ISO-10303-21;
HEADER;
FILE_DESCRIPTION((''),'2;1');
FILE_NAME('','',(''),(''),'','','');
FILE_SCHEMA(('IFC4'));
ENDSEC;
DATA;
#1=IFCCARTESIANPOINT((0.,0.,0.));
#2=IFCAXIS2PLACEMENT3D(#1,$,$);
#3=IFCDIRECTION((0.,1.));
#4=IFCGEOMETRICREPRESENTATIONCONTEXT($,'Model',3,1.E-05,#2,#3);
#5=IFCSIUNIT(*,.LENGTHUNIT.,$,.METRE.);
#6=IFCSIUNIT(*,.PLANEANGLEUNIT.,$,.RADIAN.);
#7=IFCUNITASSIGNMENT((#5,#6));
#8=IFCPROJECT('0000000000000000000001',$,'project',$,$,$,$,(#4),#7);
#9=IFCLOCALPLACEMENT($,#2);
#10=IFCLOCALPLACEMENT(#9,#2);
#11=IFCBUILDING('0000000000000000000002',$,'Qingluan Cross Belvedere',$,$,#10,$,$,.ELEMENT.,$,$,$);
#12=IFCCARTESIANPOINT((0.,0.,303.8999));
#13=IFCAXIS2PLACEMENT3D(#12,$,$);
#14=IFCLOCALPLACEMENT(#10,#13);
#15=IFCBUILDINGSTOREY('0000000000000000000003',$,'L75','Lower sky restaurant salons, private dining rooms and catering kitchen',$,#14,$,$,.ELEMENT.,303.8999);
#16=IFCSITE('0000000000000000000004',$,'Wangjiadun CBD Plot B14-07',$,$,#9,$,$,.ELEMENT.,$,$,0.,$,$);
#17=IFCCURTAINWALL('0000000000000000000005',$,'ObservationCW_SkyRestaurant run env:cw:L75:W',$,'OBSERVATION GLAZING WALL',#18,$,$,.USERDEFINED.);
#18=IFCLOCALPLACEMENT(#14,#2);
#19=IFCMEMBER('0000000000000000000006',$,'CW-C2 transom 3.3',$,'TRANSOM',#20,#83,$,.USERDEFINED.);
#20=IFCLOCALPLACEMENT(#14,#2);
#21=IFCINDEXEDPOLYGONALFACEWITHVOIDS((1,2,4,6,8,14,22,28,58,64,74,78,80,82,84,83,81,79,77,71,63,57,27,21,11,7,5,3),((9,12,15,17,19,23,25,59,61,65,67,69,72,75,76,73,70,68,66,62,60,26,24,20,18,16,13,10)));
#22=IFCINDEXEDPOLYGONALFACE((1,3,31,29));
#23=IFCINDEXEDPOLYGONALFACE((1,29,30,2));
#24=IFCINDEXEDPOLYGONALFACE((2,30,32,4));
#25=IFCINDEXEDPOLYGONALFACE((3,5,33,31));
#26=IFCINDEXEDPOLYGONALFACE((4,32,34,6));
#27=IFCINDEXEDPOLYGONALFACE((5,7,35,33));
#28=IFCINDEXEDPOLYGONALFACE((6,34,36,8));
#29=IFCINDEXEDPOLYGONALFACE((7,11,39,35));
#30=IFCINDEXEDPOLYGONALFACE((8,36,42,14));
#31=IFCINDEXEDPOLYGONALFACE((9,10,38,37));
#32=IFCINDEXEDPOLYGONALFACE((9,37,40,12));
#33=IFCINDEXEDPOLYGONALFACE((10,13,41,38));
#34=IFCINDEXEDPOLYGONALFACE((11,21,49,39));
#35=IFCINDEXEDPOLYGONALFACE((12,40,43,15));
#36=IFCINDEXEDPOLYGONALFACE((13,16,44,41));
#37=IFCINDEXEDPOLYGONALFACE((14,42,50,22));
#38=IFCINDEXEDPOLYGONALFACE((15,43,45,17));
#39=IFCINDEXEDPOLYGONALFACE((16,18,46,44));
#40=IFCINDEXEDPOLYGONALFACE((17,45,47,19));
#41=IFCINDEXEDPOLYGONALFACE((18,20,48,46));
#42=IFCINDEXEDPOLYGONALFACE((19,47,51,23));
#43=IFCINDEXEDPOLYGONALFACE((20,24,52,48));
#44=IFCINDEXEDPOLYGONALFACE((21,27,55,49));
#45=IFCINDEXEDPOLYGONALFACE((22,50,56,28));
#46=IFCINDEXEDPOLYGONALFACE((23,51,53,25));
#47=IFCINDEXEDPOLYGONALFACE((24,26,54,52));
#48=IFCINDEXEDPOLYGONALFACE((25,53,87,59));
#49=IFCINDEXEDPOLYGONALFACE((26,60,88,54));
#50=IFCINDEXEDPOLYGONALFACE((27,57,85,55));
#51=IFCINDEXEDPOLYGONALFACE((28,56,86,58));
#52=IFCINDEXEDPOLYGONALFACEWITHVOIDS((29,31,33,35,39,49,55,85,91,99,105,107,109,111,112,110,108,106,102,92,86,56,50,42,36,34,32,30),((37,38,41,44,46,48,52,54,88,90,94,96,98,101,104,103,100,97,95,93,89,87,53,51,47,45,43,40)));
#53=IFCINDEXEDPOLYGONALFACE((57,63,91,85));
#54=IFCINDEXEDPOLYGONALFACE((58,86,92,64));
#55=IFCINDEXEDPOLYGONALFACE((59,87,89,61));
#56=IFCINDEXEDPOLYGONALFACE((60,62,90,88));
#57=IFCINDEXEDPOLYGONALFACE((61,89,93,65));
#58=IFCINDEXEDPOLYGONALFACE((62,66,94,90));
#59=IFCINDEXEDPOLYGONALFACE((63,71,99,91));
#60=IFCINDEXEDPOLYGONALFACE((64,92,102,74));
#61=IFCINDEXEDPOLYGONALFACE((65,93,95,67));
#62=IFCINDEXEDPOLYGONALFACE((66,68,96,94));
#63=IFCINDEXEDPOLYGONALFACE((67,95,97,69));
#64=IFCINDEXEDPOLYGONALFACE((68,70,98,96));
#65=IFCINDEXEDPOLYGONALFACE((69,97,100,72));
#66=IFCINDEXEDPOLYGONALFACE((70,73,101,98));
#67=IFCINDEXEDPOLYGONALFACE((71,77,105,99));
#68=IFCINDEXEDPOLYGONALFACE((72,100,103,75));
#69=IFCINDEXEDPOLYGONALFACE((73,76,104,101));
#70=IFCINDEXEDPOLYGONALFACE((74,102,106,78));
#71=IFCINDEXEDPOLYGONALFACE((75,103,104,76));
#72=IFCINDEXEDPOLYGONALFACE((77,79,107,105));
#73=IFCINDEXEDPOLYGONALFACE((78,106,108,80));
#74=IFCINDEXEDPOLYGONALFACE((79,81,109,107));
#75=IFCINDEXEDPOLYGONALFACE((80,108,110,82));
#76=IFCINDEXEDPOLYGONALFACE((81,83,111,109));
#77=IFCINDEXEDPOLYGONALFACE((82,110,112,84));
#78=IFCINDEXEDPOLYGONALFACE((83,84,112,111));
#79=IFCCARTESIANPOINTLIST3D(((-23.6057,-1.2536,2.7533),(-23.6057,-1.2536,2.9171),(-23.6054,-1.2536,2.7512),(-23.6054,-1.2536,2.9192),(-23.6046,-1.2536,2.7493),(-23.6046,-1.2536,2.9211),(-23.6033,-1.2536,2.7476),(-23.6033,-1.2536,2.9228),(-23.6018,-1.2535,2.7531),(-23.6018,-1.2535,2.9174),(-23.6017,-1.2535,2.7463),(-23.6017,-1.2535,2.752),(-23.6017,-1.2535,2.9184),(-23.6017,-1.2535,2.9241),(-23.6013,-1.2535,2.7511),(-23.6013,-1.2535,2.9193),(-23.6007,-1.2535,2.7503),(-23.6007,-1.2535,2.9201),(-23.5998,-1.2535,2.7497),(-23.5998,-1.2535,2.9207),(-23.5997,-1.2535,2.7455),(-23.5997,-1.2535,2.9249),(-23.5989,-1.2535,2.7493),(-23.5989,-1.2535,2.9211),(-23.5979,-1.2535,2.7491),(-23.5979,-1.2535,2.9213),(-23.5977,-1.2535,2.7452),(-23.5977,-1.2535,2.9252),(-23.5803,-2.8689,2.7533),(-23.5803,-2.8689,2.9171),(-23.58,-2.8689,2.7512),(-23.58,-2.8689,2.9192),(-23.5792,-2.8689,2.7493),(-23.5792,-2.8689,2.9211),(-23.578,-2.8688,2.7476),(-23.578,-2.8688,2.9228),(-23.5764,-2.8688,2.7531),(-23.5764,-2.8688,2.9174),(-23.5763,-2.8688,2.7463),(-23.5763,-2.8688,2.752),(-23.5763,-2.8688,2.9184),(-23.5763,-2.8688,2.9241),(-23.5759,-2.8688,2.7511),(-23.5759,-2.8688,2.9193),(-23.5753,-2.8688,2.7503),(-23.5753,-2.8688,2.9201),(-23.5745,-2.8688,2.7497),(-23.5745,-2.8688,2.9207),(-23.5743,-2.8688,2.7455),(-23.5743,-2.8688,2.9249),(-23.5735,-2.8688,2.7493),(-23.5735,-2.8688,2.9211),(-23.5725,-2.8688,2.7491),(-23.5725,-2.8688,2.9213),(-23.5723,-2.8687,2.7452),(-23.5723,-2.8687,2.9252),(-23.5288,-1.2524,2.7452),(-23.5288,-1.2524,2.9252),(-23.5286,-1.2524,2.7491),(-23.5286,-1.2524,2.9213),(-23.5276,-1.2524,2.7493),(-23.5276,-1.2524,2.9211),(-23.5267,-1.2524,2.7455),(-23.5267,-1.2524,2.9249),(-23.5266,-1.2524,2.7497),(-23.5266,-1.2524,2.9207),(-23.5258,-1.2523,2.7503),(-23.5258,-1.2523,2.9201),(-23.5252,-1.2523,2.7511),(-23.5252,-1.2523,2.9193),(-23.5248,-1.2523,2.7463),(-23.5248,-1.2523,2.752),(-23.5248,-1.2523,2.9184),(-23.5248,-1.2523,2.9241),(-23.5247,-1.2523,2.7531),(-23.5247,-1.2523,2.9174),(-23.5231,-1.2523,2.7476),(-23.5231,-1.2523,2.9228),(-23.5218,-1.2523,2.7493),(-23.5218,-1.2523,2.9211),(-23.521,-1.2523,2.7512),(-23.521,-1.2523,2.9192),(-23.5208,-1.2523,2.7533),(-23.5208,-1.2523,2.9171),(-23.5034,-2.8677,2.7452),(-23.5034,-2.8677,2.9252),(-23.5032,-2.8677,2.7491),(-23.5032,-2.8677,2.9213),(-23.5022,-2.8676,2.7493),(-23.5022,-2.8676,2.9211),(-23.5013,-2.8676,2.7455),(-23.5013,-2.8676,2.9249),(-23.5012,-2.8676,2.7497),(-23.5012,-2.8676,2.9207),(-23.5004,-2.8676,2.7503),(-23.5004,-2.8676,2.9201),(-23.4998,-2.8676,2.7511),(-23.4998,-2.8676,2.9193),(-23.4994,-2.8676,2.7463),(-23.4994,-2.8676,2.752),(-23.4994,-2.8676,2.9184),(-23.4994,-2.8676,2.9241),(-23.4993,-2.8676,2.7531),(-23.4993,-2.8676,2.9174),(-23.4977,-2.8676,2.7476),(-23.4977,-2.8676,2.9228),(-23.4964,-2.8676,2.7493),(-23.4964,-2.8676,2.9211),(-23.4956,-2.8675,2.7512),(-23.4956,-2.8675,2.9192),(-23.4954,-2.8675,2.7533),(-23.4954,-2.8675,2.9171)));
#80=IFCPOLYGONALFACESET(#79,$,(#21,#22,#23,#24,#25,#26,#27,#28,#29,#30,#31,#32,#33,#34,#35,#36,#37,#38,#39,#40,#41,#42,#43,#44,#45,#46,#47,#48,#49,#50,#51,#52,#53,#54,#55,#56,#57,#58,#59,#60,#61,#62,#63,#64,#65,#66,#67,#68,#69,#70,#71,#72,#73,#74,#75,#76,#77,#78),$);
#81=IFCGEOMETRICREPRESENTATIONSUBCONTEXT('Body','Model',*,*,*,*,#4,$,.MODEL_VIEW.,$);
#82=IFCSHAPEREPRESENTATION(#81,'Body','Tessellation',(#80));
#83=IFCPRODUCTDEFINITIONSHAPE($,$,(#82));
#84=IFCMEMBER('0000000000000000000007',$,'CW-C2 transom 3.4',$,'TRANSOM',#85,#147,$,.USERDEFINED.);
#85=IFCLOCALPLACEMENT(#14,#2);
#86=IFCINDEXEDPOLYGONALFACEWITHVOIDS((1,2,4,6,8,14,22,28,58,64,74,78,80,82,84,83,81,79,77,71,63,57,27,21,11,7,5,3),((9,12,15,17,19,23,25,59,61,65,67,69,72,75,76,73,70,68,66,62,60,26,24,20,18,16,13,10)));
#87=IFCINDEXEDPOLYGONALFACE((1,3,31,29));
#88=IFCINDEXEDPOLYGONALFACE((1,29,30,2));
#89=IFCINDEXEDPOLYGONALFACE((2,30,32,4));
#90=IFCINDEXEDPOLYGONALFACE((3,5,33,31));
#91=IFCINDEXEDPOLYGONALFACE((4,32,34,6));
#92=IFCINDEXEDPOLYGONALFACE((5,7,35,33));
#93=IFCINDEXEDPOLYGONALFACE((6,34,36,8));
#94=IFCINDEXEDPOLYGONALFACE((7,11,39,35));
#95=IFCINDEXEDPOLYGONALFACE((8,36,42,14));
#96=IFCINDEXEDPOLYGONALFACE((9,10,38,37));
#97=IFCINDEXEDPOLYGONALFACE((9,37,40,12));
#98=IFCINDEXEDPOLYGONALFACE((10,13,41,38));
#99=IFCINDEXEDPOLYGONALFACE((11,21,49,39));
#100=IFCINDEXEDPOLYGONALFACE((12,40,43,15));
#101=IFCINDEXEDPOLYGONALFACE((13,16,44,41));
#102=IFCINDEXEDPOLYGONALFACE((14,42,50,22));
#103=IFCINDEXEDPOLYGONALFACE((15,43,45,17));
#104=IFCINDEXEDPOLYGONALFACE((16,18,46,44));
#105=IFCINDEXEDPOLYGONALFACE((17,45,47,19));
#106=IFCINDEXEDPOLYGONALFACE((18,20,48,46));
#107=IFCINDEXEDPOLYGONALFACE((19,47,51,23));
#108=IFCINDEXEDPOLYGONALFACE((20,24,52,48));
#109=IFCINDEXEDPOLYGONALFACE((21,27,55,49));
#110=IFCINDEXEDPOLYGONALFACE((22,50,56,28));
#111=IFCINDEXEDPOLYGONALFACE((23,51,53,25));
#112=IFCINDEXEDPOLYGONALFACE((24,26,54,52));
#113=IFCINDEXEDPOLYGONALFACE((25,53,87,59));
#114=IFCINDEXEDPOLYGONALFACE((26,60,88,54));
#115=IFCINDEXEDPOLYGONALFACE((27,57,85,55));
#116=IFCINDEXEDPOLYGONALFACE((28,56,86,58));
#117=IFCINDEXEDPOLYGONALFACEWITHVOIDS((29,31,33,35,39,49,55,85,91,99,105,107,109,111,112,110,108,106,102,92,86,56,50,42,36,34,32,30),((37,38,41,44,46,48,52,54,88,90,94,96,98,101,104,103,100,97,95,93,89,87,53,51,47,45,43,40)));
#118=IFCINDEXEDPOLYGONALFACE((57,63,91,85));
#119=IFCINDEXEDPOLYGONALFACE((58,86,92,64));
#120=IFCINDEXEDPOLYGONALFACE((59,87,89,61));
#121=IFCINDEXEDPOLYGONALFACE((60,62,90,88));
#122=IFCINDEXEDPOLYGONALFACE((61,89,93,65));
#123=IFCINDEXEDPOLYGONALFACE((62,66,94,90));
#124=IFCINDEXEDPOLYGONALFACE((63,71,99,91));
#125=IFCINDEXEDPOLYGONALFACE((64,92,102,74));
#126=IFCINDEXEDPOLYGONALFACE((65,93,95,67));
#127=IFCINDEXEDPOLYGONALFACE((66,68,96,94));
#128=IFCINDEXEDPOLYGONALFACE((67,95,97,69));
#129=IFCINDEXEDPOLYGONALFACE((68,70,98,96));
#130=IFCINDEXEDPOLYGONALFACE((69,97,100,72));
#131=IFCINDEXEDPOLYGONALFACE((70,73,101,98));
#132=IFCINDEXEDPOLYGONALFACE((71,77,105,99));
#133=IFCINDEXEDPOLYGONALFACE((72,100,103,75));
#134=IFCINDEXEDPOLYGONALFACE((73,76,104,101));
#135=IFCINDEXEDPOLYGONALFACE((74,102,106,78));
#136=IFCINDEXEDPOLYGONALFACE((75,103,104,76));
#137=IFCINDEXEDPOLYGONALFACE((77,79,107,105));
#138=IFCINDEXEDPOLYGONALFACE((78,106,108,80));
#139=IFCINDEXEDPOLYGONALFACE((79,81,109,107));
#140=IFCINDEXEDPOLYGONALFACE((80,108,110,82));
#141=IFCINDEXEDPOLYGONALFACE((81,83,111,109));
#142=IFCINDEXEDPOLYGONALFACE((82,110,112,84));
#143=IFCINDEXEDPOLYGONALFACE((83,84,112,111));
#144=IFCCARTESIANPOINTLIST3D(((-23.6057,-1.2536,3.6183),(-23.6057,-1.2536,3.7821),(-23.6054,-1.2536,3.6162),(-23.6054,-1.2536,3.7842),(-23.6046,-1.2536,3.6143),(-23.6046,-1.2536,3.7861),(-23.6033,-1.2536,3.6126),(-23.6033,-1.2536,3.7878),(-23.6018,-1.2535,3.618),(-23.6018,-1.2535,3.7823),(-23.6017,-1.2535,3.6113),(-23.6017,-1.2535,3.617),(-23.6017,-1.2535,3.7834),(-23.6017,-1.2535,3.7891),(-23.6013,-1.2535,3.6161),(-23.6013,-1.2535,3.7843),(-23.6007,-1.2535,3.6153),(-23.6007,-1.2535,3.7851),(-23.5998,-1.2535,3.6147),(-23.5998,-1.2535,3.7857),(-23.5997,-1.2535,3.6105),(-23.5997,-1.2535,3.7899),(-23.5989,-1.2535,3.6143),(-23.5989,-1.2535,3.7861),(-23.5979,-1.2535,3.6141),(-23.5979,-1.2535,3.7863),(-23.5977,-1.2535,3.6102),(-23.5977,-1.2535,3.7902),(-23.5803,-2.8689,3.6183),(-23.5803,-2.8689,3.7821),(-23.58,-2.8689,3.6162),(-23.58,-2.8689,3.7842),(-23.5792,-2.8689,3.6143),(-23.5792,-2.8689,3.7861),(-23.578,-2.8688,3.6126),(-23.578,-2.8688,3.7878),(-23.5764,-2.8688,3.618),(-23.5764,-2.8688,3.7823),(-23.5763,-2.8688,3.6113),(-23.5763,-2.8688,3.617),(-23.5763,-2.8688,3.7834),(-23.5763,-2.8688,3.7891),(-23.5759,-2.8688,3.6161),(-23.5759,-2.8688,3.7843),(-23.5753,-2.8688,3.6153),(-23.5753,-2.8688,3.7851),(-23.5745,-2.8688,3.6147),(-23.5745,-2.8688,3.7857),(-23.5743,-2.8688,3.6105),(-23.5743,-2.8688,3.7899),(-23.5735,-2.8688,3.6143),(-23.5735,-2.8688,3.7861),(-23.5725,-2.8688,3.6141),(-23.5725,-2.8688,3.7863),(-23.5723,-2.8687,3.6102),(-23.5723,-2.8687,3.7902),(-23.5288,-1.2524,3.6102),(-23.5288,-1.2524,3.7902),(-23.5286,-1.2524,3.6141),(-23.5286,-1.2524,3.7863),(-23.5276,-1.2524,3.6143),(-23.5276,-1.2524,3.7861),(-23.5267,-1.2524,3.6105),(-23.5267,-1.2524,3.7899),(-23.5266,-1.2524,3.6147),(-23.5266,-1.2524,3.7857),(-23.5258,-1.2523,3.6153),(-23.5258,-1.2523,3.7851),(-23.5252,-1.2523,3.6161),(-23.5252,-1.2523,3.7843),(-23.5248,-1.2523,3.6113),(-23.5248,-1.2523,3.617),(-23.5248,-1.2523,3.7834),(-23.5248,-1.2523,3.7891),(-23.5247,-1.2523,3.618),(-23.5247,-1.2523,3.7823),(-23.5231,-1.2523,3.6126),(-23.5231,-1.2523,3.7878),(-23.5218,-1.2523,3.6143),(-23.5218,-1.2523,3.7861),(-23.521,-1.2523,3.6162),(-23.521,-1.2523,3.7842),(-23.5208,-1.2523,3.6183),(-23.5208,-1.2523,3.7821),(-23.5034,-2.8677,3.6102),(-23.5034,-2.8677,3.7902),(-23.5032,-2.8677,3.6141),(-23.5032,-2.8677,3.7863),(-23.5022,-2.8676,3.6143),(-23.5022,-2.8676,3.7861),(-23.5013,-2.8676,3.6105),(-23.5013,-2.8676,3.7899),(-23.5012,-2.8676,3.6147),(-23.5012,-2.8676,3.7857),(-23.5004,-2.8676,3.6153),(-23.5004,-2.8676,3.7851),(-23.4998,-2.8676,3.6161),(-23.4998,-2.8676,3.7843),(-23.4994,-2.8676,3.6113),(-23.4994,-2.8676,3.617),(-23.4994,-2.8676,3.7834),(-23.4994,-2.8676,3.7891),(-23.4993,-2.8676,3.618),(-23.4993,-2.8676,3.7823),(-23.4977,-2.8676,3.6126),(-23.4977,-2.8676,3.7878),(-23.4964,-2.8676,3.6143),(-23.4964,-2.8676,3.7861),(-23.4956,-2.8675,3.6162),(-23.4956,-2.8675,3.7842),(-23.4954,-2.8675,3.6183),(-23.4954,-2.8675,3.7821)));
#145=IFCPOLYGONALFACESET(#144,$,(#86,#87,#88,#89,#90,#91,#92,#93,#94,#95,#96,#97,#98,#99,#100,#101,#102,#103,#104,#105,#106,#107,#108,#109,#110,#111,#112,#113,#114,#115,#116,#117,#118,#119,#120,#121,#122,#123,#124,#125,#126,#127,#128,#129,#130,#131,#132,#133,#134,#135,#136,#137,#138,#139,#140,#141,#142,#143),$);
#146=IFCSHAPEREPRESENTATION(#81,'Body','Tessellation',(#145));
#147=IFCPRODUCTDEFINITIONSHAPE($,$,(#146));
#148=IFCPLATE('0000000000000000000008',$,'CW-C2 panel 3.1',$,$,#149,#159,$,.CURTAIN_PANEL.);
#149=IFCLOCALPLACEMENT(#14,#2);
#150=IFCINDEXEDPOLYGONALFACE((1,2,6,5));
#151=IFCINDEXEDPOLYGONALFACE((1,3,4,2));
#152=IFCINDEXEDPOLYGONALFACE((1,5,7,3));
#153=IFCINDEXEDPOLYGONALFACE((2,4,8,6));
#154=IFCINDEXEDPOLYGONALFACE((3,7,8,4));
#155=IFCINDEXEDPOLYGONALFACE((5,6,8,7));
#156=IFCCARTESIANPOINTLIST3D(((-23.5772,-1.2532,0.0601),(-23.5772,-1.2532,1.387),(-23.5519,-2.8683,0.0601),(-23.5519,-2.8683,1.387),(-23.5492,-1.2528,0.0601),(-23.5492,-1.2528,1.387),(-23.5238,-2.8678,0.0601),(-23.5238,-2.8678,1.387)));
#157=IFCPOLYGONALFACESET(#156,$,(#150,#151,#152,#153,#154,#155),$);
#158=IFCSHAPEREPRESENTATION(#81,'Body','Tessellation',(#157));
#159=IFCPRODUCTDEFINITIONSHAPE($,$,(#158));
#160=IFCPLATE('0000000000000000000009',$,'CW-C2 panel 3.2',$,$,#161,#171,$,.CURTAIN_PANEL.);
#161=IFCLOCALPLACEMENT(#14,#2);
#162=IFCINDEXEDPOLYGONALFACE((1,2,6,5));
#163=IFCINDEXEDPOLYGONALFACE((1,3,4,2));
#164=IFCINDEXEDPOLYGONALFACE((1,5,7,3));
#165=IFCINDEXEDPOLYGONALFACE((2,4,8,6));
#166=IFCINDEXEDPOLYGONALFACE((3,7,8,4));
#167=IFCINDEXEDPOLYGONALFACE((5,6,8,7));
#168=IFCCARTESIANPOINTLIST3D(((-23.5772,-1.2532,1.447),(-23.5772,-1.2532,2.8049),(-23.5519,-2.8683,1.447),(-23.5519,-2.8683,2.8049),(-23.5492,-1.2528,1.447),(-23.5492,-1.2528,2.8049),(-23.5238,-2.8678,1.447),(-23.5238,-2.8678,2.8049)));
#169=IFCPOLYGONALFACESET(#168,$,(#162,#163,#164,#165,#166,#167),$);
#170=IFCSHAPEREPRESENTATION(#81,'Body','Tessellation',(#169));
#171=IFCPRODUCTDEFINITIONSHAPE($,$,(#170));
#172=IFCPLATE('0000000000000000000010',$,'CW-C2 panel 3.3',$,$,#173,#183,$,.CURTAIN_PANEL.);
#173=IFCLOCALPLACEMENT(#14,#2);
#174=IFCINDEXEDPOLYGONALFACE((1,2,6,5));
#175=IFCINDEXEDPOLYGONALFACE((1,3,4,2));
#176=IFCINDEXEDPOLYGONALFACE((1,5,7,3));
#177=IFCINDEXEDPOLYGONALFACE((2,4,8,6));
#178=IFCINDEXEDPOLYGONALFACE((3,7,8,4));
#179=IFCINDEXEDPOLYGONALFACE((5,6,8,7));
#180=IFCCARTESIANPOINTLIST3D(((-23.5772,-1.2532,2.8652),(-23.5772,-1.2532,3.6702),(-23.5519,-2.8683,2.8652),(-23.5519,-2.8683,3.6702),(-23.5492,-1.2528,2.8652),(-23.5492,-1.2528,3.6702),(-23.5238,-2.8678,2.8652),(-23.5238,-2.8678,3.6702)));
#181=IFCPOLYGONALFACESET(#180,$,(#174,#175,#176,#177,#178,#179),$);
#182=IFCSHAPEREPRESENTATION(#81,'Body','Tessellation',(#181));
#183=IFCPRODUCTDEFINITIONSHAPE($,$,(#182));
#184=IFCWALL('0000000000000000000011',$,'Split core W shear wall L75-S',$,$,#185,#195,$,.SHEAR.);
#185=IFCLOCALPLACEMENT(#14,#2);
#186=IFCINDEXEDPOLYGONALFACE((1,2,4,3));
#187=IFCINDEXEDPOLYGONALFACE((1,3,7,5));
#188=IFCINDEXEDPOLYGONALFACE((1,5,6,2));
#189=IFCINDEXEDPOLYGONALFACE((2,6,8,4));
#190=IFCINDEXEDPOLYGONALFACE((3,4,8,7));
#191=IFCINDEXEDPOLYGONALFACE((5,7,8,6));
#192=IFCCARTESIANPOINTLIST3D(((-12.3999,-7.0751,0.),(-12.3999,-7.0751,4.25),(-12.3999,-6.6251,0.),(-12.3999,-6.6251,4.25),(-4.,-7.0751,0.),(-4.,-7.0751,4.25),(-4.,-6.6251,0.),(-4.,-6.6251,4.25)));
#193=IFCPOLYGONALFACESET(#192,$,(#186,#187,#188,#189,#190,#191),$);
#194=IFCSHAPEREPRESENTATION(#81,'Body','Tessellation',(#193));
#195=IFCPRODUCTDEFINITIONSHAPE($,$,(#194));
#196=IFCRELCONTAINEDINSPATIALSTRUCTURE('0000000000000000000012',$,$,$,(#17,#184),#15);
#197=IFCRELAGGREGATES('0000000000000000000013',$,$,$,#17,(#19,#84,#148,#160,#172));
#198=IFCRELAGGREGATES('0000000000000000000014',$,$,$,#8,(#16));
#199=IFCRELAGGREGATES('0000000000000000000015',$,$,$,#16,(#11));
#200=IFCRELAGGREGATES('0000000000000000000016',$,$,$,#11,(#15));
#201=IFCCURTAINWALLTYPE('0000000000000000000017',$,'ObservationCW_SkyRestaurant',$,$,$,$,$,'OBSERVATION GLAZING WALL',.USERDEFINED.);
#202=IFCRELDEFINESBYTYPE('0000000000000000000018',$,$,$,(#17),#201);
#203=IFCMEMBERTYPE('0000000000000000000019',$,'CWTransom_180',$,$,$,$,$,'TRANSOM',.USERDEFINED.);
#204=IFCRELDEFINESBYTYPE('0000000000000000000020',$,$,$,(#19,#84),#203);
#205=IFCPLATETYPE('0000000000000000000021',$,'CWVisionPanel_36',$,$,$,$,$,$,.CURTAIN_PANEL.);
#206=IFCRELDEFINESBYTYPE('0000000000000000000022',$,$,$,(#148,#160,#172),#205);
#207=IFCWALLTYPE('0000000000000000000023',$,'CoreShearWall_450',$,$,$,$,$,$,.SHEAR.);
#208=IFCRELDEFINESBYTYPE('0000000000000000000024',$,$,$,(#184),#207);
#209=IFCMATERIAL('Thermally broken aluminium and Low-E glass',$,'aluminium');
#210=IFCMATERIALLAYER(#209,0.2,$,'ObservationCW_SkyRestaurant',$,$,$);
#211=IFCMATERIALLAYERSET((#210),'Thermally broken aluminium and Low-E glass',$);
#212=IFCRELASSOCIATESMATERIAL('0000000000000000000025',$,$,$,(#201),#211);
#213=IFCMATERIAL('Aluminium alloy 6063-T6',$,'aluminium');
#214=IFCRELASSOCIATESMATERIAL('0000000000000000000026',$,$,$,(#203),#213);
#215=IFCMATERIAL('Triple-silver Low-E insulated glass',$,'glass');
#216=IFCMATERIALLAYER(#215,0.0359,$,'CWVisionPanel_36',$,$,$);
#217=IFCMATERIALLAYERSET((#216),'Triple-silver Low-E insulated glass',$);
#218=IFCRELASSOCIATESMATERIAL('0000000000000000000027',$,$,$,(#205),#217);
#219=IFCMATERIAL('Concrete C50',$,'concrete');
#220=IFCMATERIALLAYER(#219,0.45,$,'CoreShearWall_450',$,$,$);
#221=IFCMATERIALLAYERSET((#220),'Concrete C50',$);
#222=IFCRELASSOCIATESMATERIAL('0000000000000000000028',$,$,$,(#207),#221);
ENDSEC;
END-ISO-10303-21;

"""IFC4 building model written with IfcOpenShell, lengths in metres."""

from ifc_helpers import new_model, si_unit, direction, frame, frame_2d, origin, origin_2d, place, context, subcontext, project, spatial, rectangle, hollow_rectangle, extrude, material, layer, layer_set, material_profile, profile_set, type_object, element, aggregate, save


model = new_model("IFC4")

# Units and contexts
model_context = context("Model", 3, precision=1e-05, world=origin(), true_north=direction((0.0, 1.0)))
body_context = subcontext(model_context, "Body", "Model", "MODEL_VIEW")
ifc_project = project(units=[si_unit("LENGTHUNIT", "METRE"), si_unit("PLANEANGLEUNIT", "RADIAN")], contexts=[model_context])

# Site, building, storey
site_placement = place(None, origin())
site = spatial("IfcSite", under=ifc_project, at=site_placement, Name="Wangjiadun CBD Plot B14-07", CompositionType="ELEMENT", RefElevation=0.0)
building_placement = place(site_placement, origin())
building = spatial("IfcBuilding", under=site, at=building_placement, Name="Qingluan Cross Belvedere", CompositionType="ELEMENT")
storey_placement = place(building_placement, frame((0.0, 0.0, 303.8999)))
storey = spatial("IfcBuildingStorey", under=building, at=storey_placement, Name="L75", Description="Lower sky restaurant salons, private dining rooms and catering kitchen", CompositionType="ELEMENT", Elevation=303.8999)

# Curtain wall, members, plates
ifc_material_1 = material(Name="Thermally broken aluminium and Low-E glass", Category="aluminium")
ifc_layer_1 = layer(ifc_material_1, 0.2, Name="ObservationCW_SkyRestaurant")
ifc_layer_set_1 = layer_set([ifc_layer_1], Name="Thermally broken aluminium and Low-E glass")
curtain_wall_type = type_object("IfcCurtainWallType", Name="ObservationCW_SkyRestaurant", ElementType="OBSERVATION GLAZING WALL", PredefinedType="USERDEFINED", material=ifc_layer_set_1)
curtain_wall_placement = place(storey_placement, origin())
curtain_wall = element("IfcCurtainWall", 1, at=curtain_wall_placement, inside=storey, type_object=curtain_wall_type, Name="ObservationCW_SkyRestaurant run env:cw:L75:W", ObjectType="OBSERVATION GLAZING WALL", PredefinedType="USERDEFINED")
ifc_material_2 = material(Name="Aluminium alloy 6063-T6", Category="aluminium")
ifc_material_profile_1 = material_profile(ifc_material_2, hollow_rectangle(XDim=0.085, YDim=0.1799, WallThickness=0.0039, InnerFilletRadius=0.0039, OuterFilletRadius=0.0081, at=origin_2d()), Name="CWT180x85x4")
ifc_profile_set_1 = profile_set([ifc_material_profile_1], Name="Aluminium alloy 6063-T6")
member_type_1 = type_object("IfcMemberType", Name="CWTransom_180", ElementType="TRANSOM", PredefinedType="USERDEFINED", material=ifc_profile_set_1)
member_1_placement = place(storey_placement, frame((-23.5632, -1.2529, 2.8352), z_axis=(0.015718, -0.999876, 0.0), x_axis=(0.999876, 0.015718, 0.0)))
member_1 = element("IfcMember", 2, at=member_1_placement, type_object=member_type_1, Name="CW-C2 transom 3.3", ObjectType="TRANSOM", PredefinedType="USERDEFINED", context=body_context, shape_type="SweptSolid", body=[
    extrude(hollow_rectangle(XDim=0.085, YDim=0.1799, WallThickness=0.0039, InnerFilletRadius=0.0039, OuterFilletRadius=0.0081, at=origin_2d()), origin(), (0.0, 0.0, 1.0), 1.6155),
])
member_2_placement = place(storey_placement, frame((-23.5632, -1.2529, 3.7002), z_axis=(0.015718, -0.999876, 0.0), x_axis=(0.999876, 0.015718, 0.0)))
member_2 = element("IfcMember", 3, at=member_2_placement, type_object=member_type_1, Name="CW-C2 transom 3.4", ObjectType="TRANSOM", PredefinedType="USERDEFINED", context=body_context, shape_type="SweptSolid", body=[
    extrude(hollow_rectangle(XDim=0.085, YDim=0.1799, WallThickness=0.0039, InnerFilletRadius=0.0039, OuterFilletRadius=0.0081, at=origin_2d()), origin(), (0.0, 0.0, 1.0), 1.6155),
])
ifc_material_3 = material(Name="Triple-silver Low-E insulated glass", Category="glass")
ifc_layer_2 = layer(ifc_material_3, 0.0359, Name="CWVisionPanel_36")
ifc_layer_set_2 = layer_set([ifc_layer_2], Name="Triple-silver Low-E insulated glass")
plate_type = type_object("IfcPlateType", Name="CWVisionPanel_36", PredefinedType="CURTAIN_PANEL", material=ifc_layer_set_2)
plate_1_placement = place(storey_placement, frame((-23.5505, -2.0605, 0.0601), z_axis=(0.0, 0.0, 1.0), x_axis=(0.015696, -0.999877, 0.0)))
plate_1 = element("IfcPlate", 4, at=plate_1_placement, type_object=plate_type, Name="CW-C2 panel 3.1", PredefinedType="CURTAIN_PANEL", context=body_context, shape_type="SweptSolid", body=[
    extrude(rectangle(XDim=1.6152, YDim=0.0281, at=origin_2d()), origin(), (0.0, 0.0, 1.0), 1.3269),
])
plate_2_placement = place(storey_placement, frame((-23.5505, -2.0605, 1.447), z_axis=(0.0, 0.0, 1.0), x_axis=(0.015696, -0.999877, 0.0)))
plate_2 = element("IfcPlate", 5, at=plate_2_placement, type_object=plate_type, Name="CW-C2 panel 3.2", PredefinedType="CURTAIN_PANEL", context=body_context, shape_type="SweptSolid", body=[
    extrude(rectangle(XDim=1.6152, YDim=0.0281, at=origin_2d()), origin(), (0.0, 0.0, 1.0), 1.3579),
])
plate_3_placement = place(storey_placement, frame((-23.5505, -2.0605, 2.8652), z_axis=(0.0, 0.0, 1.0), x_axis=(0.015696, -0.999877, 0.0)))
plate_3 = element("IfcPlate", 6, at=plate_3_placement, type_object=plate_type, Name="CW-C2 panel 3.3", PredefinedType="CURTAIN_PANEL", context=body_context, shape_type="SweptSolid", body=[
    extrude(rectangle(XDim=1.6152, YDim=0.0281, at=origin_2d()), origin(), (0.0, 0.0, 1.0), 0.8049),
])
aggregate(curtain_wall, [member_1, member_2, plate_1, plate_2, plate_3])

# Wall
ifc_material_4 = material(Name="Concrete C50", Category="concrete")
ifc_layer_3 = layer(ifc_material_4, 0.45, Name="CoreShearWall_450")
ifc_layer_set_3 = layer_set([ifc_layer_3], Name="Concrete C50")
wall_type_1 = type_object("IfcWallType", Name="CoreShearWall_450", PredefinedType="SHEAR", material=ifc_layer_set_3)
wall_1_placement = place(storey_placement, frame((-12.3999, -6.8501, 0.0), z_axis=(0.0, 0.0, 1.0), x_axis=(1.0, 0.0, 0.0)))
element("IfcWall", 7, at=wall_1_placement, inside=storey, type_object=wall_type_1, Name="Split core W shear wall L75-S", PredefinedType="SHEAR", context=body_context, shape_type="SweptSolid", body=[
    extrude(rectangle(XDim=8.3999, YDim=0.45, at=frame_2d((4.2, 0.0))), origin(), (0.0, 0.0, 1.0), 4.25),
])

save(model, "model.ifc")
